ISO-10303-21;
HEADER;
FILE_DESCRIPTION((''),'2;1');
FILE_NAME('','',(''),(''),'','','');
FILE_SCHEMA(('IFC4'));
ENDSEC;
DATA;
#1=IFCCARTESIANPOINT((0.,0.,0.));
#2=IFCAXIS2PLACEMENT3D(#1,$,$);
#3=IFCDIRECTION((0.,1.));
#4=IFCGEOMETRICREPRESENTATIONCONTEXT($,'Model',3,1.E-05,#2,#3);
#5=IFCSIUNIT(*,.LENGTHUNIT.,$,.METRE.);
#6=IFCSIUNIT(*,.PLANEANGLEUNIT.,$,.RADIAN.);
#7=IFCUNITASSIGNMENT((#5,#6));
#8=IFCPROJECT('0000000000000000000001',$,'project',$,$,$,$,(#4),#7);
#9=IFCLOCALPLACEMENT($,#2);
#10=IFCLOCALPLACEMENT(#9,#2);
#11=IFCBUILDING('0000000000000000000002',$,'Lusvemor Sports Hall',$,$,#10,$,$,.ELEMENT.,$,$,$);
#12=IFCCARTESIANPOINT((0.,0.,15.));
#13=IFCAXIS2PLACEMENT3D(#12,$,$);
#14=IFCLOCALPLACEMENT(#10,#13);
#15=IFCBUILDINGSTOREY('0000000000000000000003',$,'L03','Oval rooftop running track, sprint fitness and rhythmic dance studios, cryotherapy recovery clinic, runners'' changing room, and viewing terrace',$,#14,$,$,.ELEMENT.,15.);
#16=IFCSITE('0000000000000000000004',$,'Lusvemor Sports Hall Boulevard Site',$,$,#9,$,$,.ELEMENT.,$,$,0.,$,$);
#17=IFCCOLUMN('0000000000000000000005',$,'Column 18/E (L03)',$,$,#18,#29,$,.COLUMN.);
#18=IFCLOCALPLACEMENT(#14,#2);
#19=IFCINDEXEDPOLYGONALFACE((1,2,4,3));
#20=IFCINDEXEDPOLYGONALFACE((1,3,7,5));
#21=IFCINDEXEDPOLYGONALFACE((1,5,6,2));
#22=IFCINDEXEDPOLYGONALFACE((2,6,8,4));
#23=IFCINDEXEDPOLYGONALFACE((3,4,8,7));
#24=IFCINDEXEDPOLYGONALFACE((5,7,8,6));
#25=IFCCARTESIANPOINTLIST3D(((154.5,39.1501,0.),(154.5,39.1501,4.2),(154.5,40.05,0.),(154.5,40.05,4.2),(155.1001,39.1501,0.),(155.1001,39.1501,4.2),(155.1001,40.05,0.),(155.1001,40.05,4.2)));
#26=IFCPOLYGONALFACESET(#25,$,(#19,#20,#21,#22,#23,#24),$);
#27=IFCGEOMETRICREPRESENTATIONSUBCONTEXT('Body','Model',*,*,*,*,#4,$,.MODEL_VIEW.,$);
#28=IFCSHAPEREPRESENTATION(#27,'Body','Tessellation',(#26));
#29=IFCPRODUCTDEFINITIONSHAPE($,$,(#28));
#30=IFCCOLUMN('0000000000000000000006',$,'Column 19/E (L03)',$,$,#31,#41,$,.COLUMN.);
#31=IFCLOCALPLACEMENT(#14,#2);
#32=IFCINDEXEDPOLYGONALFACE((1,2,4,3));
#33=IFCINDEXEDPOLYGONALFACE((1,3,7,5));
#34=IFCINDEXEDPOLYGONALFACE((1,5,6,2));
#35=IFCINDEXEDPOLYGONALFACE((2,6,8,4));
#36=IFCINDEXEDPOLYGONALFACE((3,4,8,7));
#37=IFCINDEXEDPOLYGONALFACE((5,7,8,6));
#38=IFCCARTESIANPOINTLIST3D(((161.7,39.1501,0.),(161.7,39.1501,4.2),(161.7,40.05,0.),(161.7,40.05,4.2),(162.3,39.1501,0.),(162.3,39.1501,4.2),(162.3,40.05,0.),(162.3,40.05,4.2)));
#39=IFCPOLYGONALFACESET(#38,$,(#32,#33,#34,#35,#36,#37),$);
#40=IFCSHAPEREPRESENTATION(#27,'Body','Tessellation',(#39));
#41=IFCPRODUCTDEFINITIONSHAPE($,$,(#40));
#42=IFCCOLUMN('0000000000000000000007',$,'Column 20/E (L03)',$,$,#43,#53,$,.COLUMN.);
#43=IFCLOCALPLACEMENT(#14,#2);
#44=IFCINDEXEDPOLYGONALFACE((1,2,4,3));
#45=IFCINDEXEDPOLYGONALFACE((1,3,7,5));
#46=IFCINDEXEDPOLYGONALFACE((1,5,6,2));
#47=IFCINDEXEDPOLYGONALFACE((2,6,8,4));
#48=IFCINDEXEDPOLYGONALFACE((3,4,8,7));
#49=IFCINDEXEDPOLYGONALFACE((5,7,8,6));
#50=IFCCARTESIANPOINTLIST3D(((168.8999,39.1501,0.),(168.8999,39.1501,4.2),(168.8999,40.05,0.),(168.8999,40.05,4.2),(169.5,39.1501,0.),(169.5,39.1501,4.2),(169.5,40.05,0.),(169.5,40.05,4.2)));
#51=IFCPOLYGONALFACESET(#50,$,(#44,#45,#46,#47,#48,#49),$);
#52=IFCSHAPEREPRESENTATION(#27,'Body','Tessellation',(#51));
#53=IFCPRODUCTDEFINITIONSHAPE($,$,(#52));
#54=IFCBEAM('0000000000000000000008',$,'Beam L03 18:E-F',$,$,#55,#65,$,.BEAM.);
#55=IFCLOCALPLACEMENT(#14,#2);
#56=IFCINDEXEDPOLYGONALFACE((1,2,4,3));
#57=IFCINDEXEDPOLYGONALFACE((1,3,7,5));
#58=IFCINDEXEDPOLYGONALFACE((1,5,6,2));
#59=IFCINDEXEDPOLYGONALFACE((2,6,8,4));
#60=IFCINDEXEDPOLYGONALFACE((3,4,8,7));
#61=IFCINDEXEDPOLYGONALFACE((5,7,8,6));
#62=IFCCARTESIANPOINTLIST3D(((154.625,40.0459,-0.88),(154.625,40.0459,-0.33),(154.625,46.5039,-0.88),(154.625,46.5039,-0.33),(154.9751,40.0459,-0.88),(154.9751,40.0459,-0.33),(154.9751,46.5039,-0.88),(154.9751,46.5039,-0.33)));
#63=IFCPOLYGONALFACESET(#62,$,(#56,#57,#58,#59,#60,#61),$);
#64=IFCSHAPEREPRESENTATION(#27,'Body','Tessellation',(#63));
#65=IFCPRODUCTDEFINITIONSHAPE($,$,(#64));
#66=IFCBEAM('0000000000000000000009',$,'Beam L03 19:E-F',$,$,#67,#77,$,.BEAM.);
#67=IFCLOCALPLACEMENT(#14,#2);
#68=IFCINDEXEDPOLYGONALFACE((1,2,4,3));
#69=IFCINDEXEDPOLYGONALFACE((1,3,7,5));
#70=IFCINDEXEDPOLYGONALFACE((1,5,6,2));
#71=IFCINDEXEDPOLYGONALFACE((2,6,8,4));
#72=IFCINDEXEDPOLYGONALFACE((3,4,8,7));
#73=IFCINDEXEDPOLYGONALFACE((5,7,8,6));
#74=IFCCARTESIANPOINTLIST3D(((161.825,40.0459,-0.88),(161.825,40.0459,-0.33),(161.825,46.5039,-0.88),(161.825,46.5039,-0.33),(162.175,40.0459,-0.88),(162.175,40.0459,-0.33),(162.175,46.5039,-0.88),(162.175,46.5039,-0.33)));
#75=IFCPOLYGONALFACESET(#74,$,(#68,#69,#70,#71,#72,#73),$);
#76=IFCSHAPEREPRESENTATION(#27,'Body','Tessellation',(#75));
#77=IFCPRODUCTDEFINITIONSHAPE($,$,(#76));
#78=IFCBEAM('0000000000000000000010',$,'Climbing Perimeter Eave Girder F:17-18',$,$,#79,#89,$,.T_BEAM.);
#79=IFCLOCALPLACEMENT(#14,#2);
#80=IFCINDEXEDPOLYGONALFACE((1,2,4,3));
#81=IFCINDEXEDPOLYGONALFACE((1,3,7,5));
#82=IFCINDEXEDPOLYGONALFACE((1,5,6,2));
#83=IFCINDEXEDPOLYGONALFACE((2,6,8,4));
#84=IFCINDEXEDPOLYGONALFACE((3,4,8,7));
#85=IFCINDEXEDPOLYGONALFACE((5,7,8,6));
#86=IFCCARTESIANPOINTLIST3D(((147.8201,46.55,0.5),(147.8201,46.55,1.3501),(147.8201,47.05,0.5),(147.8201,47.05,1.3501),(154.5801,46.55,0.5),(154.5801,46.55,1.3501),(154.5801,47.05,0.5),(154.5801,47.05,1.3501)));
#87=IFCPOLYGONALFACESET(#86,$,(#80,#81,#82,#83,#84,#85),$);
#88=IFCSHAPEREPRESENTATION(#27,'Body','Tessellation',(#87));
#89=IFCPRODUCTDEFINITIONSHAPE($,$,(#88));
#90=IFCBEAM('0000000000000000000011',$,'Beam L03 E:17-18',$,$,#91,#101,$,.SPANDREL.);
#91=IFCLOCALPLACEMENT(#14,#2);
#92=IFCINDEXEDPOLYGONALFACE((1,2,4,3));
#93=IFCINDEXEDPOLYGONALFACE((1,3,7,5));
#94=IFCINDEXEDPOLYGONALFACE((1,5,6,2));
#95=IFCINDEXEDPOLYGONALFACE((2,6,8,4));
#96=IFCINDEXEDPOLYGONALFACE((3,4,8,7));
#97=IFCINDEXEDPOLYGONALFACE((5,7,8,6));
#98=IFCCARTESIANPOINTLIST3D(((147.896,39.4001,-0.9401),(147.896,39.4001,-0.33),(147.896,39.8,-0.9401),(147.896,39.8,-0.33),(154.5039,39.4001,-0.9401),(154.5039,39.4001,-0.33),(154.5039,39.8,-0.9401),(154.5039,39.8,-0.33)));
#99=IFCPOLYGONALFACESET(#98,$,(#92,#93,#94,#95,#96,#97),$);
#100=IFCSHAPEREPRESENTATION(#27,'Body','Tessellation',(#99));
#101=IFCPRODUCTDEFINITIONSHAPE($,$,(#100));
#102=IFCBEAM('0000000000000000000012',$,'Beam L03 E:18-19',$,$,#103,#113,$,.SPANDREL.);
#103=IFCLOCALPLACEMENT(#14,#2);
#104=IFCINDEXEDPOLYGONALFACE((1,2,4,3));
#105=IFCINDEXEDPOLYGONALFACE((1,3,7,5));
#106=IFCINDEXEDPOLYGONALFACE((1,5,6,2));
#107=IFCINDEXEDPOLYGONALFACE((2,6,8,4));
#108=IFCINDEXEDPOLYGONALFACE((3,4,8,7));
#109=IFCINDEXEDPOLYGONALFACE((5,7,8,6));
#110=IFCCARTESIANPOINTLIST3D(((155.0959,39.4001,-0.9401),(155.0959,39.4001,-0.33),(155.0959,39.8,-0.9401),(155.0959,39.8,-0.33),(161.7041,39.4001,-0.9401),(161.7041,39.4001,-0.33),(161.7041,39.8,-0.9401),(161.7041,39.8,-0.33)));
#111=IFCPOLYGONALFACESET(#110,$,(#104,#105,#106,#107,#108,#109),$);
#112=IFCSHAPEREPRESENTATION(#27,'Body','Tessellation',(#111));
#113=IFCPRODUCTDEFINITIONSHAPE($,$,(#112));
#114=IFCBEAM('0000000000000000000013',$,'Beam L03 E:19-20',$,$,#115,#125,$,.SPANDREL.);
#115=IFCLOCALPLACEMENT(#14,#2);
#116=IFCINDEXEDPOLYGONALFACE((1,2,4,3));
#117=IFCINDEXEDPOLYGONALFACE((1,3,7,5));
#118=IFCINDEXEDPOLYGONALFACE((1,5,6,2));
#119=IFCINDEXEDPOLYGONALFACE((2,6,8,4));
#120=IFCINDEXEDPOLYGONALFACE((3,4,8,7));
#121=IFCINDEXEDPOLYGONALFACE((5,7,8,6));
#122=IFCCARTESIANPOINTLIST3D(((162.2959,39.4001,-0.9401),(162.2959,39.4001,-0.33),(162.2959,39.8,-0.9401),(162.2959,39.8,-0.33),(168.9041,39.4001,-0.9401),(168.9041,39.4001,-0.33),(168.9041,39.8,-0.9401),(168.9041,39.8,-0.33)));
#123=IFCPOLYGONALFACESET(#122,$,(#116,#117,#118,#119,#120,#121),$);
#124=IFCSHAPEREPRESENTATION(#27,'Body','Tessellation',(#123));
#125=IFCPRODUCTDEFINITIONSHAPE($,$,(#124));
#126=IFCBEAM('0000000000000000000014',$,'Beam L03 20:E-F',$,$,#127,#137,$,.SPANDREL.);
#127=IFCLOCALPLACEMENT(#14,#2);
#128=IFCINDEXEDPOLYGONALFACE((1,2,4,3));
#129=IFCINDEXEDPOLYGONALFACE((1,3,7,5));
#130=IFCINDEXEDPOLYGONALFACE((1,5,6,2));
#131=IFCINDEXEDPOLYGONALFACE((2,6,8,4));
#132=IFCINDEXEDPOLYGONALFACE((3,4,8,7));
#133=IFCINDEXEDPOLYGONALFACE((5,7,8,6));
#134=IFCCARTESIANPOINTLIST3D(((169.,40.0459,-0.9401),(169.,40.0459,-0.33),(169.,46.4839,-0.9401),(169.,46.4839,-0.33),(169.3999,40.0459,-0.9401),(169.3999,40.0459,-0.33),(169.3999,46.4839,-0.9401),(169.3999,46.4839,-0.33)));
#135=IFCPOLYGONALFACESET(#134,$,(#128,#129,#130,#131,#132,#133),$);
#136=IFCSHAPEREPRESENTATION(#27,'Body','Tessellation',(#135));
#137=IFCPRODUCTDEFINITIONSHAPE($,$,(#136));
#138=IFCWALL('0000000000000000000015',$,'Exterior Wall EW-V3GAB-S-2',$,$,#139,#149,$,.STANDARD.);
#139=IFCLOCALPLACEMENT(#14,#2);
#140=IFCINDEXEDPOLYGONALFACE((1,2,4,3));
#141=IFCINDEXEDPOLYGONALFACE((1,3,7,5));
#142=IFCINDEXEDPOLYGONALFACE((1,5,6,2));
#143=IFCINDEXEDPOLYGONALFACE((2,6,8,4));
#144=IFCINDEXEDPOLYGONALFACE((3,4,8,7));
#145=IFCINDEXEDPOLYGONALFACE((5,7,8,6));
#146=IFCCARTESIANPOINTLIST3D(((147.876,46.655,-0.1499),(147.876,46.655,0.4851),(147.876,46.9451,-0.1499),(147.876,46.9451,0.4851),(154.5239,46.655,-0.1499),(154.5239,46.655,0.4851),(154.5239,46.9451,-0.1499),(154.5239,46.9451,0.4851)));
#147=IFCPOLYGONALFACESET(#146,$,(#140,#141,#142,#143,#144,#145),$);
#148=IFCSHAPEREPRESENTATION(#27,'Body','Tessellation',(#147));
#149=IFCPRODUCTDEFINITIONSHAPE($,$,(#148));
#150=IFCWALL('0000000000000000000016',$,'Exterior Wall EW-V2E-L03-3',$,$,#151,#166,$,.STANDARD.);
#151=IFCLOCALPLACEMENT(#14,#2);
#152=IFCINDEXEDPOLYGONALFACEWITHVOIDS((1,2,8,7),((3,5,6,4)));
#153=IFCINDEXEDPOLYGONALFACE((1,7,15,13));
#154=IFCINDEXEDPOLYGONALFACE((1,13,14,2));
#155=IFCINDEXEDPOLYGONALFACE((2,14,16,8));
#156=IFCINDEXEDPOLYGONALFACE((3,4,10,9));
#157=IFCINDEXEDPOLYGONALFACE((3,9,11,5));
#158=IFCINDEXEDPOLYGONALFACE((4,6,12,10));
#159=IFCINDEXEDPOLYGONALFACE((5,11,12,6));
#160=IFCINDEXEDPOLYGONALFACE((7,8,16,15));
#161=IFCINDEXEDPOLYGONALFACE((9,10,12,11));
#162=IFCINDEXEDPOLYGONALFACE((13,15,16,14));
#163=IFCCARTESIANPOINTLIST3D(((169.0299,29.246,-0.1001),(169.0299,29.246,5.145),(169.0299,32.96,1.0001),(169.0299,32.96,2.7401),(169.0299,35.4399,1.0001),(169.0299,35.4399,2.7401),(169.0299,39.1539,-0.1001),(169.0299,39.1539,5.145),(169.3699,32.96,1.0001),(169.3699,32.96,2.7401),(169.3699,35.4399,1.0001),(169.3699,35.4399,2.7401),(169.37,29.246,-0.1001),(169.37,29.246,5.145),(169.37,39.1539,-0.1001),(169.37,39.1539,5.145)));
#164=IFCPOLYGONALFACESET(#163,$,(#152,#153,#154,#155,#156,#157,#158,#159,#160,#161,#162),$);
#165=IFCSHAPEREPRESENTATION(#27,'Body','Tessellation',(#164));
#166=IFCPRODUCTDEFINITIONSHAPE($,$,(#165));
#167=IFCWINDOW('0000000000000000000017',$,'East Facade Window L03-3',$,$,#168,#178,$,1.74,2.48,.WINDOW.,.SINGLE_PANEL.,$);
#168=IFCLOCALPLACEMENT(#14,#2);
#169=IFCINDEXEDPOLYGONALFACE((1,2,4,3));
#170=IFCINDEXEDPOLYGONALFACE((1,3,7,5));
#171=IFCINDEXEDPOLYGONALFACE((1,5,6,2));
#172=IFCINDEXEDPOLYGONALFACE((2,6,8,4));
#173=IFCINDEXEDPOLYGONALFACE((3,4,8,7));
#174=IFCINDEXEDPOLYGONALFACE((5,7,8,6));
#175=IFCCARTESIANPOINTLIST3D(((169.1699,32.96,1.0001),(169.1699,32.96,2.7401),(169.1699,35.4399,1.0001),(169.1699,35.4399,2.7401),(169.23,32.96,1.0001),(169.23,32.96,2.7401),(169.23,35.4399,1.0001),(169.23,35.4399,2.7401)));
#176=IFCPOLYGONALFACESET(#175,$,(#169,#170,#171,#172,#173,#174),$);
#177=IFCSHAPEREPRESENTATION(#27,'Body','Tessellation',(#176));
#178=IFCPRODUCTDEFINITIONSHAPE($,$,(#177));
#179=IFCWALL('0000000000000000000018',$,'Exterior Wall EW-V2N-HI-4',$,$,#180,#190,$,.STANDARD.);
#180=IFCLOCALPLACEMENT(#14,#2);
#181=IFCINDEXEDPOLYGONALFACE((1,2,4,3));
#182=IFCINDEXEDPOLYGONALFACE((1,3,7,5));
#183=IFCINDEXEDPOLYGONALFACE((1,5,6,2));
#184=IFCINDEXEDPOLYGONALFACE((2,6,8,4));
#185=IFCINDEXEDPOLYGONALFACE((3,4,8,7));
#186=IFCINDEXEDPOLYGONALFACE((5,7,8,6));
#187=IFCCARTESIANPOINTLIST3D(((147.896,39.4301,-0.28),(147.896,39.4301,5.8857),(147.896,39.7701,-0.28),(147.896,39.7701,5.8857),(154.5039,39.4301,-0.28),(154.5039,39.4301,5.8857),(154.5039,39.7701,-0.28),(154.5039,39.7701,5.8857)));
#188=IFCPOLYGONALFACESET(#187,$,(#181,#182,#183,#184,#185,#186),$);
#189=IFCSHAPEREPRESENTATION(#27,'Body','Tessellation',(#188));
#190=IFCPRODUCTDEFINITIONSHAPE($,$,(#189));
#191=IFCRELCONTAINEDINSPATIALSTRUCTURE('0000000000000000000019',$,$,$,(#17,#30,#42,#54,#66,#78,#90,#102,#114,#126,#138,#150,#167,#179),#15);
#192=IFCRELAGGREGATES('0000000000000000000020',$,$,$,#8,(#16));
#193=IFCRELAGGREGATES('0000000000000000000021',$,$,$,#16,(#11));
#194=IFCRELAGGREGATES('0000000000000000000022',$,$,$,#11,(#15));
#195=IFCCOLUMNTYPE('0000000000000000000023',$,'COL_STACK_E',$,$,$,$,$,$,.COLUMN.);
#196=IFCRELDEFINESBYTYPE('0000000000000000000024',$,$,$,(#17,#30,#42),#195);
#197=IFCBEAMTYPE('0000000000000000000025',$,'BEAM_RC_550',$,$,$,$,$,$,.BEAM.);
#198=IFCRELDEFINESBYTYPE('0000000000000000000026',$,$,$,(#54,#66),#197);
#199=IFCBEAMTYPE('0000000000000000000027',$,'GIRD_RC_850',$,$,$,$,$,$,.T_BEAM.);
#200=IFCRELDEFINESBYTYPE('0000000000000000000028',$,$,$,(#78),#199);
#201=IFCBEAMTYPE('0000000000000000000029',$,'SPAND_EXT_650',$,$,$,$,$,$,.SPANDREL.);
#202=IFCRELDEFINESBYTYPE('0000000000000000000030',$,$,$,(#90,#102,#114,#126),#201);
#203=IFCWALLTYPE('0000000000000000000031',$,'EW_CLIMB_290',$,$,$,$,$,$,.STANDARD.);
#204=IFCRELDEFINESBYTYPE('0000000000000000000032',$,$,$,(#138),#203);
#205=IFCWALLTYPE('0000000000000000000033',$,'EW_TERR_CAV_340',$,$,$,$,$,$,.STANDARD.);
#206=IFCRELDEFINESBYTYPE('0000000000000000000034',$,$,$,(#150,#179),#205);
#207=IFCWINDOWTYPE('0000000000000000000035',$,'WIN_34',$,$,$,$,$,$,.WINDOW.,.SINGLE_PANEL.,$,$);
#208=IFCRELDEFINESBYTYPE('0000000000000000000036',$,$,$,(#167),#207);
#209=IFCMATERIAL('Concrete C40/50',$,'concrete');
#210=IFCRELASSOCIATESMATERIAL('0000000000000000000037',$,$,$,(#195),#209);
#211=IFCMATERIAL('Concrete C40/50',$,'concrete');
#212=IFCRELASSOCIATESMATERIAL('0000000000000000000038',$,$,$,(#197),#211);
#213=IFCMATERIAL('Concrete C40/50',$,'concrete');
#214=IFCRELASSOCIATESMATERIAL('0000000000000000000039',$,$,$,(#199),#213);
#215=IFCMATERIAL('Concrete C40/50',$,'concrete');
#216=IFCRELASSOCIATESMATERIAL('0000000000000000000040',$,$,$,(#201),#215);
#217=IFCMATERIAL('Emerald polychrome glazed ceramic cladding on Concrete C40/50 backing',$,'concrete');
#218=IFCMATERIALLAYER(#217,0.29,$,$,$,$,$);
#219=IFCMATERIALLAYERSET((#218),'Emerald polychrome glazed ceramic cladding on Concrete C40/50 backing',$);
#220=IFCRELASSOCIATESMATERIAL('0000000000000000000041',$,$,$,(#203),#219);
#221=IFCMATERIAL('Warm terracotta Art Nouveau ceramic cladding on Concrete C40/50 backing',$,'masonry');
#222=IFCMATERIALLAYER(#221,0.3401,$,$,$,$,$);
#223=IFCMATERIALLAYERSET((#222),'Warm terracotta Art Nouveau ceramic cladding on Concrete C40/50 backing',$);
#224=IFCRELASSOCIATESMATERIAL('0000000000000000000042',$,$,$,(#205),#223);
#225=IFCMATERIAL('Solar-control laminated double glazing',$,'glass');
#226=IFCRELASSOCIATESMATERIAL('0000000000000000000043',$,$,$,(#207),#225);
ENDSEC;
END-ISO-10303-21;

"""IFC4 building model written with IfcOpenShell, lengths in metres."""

from ifc_helpers import new_model, si_unit, direction, frame, frame_2d, origin, origin_2d, place, context, subcontext, project, spatial, rectangle, extrude, material, layer, layer_set, material_profile, profile_set, type_object, element, fill, save


model = new_model("IFC4")

# Units and contexts
model_context = context("Model", 3, precision=1e-05, world=origin(), true_north=direction((0.0, 1.0)))
body_context = subcontext(model_context, "Body", "Model", "MODEL_VIEW")
ifc_project = project(units=[si_unit("LENGTHUNIT", "METRE"), si_unit("PLANEANGLEUNIT", "RADIAN")], contexts=[model_context])

# Site, building, storey
site_placement = place(None, origin())
site = spatial("IfcSite", under=ifc_project, at=site_placement, Name="Lusvemor Sports Hall Boulevard Site", CompositionType="ELEMENT", RefElevation=0.0)
building_placement = place(site_placement, origin())
building = spatial("IfcBuilding", under=site, at=building_placement, Name="Lusvemor Sports Hall", CompositionType="ELEMENT")
storey_placement = place(building_placement, frame((0.0, 0.0, 15.0)))
storey = spatial("IfcBuildingStorey", under=building, at=storey_placement, Name="L03", Description="Oval rooftop running track, sprint fitness and rhythmic dance studios, cryotherapy recovery clinic, runners' changing room, and viewing terrace", CompositionType="ELEMENT", Elevation=15.0)

# Columns
ifc_material_1 = material(Name="Concrete C40/50", Category="concrete")
ifc_material_profile_1 = material_profile(ifc_material_1, rectangle(XDim=0.6001, YDim=0.8999, at=origin_2d()), Name="RC600x900")
ifc_profile_set_1 = profile_set([ifc_material_profile_1], Name="Concrete C40/50")
column_type = type_object("IfcColumnType", Name="COL_STACK_E", PredefinedType="COLUMN", material=ifc_profile_set_1)
for number, where, z_axis, x_axis, name in (
    (1, (154.8, 39.6001, 0.0), (0.0, 0.0, 1.0), (1.0, 0.0, 0.0), "Column 18/E (L03)"),
    (2, (162.0, 39.6001, 0.0), (0.0, 0.0, 1.0), (1.0, 0.0, 0.0), "Column 19/E (L03)"),
    (3, (169.2, 39.6001, 0.0), (0.0, 0.0, 1.0), (1.0, 0.0, 0.0), "Column 20/E (L03)"),
):
    element("IfcColumn", number, at=place(storey_placement, frame(where, z_axis=z_axis, x_axis=x_axis)), inside=storey, type_object=column_type, Name=name, PredefinedType="COLUMN", context=body_context, shape_type="SweptSolid", body=[
        extrude(rectangle(XDim=0.6001, YDim=0.8999, at=origin_2d()), origin(), (0.0, 0.0, 1.0), 4.2),
    ])

# Beams
ifc_material_2 = material(Name="Concrete C40/50", Category="concrete")
ifc_material_profile_2 = material_profile(ifc_material_2, rectangle(XDim=0.3501, YDim=0.55, at=origin_2d()), Name="RC350x550")
ifc_profile_set_2 = profile_set([ifc_material_profile_2], Name="Concrete C40/50")
beam_type_1 = type_object("IfcBeamType", Name="BEAM_RC_550", PredefinedType="BEAM", material=ifc_profile_set_2)
for number, where, z_axis, x_axis, name in (
    (4, (154.8, 40.0459, -0.605), (0.0, 1.0, 0.0), (-1.0, 0.0, 0.0), "Beam L03 18:E-F"),
    (5, (162.0, 40.0459, -0.605), (0.0, 1.0, 0.0), (-1.0, 0.0, 0.0), "Beam L03 19:E-F"),
):
    element("IfcBeam", number, at=place(storey_placement, frame(where, z_axis=z_axis, x_axis=x_axis)), inside=storey, type_object=beam_type_1, Name=name, PredefinedType="BEAM", context=body_context, shape_type="SweptSolid", body=[
        extrude(rectangle(XDim=0.3501, YDim=0.55, at=origin_2d()), origin(), (0.0, 0.0, 1.0), 6.458),
    ])
ifc_material_3 = material(Name="Concrete C40/50", Category="concrete")
ifc_material_profile_3 = material_profile(ifc_material_3, rectangle(XDim=0.5, YDim=0.8501, at=origin_2d()), Name="RC500x850")
ifc_profile_set_3 = profile_set([ifc_material_profile_3], Name="Concrete C40/50")
beam_type_2 = type_object("IfcBeamType", Name="GIRD_RC_850", PredefinedType="T_BEAM", material=ifc_profile_set_3)
beam_1_placement = place(storey_placement, frame((147.8201, 46.8, 0.925), z_axis=(1.0, 0.0, 0.0), x_axis=(0.0, 1.0, 0.0)))
element("IfcBeam", 6, at=beam_1_placement, inside=storey, type_object=beam_type_2, Name="Climbing Perimeter Eave Girder F:17-18", PredefinedType="T_BEAM", context=body_context, shape_type="SweptSolid", body=[
    extrude(rectangle(XDim=0.5, YDim=0.8501, at=origin_2d()), origin(), (0.0, 0.0, 1.0), 6.76),
])
ifc_material_4 = material(Name="Concrete C40/50", Category="concrete")
ifc_material_profile_4 = material_profile(ifc_material_4, rectangle(XDim=0.3999, YDim=0.6101, at=origin_2d()), Name="RC400x610")
ifc_profile_set_4 = profile_set([ifc_material_profile_4], Name="Concrete C40/50")
beam_type_3 = type_object("IfcBeamType", Name="SPAND_EXT_650", PredefinedType="SPANDREL", material=ifc_profile_set_4)
beam_2_placement = place(storey_placement, frame((147.896, 39.6001, -0.635), z_axis=(1.0, 0.0, 0.0), x_axis=(0.0, 1.0, 0.0)))
element("IfcBeam", 7, at=beam_2_placement, inside=storey, type_object=beam_type_3, Name="Beam L03 E:17-18", PredefinedType="SPANDREL", context=body_context, shape_type="SweptSolid", body=[
    extrude(rectangle(XDim=0.3999, YDim=0.6101, at=origin_2d()), origin(), (0.0, 0.0, 1.0), 6.6079),
])
for number, where, z_axis, x_axis, name in (
    (8, (155.0959, 39.6001, -0.635), (1.0, 0.0, 0.0), (0.0, 1.0, 0.0), "Beam L03 E:18-19"),
    (9, (162.2959, 39.6001, -0.635), (1.0, 0.0, 0.0), (0.0, 1.0, 0.0), "Beam L03 E:19-20"),
):
    element("IfcBeam", number, at=place(storey_placement, frame(where, z_axis=z_axis, x_axis=x_axis)), inside=storey, type_object=beam_type_3, Name=name, PredefinedType="SPANDREL", context=body_context, shape_type="SweptSolid", body=[
        extrude(rectangle(XDim=0.3999, YDim=0.6101, at=origin_2d()), origin(), (0.0, 0.0, 1.0), 6.6082),
    ])
beam_3_placement = place(storey_placement, frame((169.2, 40.0459, -0.635), z_axis=(0.0, 1.0, 0.0), x_axis=(-1.0, 0.0, 0.0)))
element("IfcBeam", 10, at=beam_3_placement, inside=storey, type_object=beam_type_3, Name="Beam L03 20:E-F", PredefinedType="SPANDREL", context=body_context, shape_type="SweptSolid", body=[
    extrude(rectangle(XDim=0.3999, YDim=0.6101, at=origin_2d()), origin(), (0.0, 0.0, 1.0), 6.438),
])

# Wall
ifc_material_5 = material(Name="Emerald polychrome glazed ceramic cladding on Concrete C40/50 backing", Category="concrete")
ifc_layer_1 = layer(ifc_material_5, 0.29)
ifc_layer_set_1 = layer_set([ifc_layer_1], Name="Emerald polychrome glazed ceramic cladding on Concrete C40/50 backing")
wall_type_1 = type_object("IfcWallType", Name="EW_CLIMB_290", PredefinedType="STANDARD", material=ifc_layer_set_1)
wall_1_placement = place(storey_placement, frame((154.5239, 46.8, -0.1499), z_axis=(0.0, 0.0, 1.0), x_axis=(-1.0, 0.0, 0.0)))
element("IfcWall", 11, at=wall_1_placement, inside=storey, type_object=wall_type_1, Name="Exterior Wall EW-V3GAB-S-2", PredefinedType="STANDARD", context=body_context, shape_type="SweptSolid", body=[
    extrude(rectangle(XDim=6.6479, YDim=0.29, at=frame_2d((3.324, 0.0))), origin(), (0.0, 0.0, 1.0), 0.635),
])

# Wall, opening, window
ifc_material_6 = material(Name="Warm terracotta Art Nouveau ceramic cladding on Concrete C40/50 backing", Category="masonry")
ifc_layer_2 = layer(ifc_material_6, 0.3401)
ifc_layer_set_2 = layer_set([ifc_layer_2], Name="Warm terracotta Art Nouveau ceramic cladding on Concrete C40/50 backing")
wall_type_2 = type_object("IfcWallType", Name="EW_TERR_CAV_340", PredefinedType="STANDARD", material=ifc_layer_set_2)
wall_2_placement = place(storey_placement, frame((169.2, 39.1541, -0.1001), z_axis=(0.0, 0.0, 1.0), x_axis=(0.0, -1.0, 0.0)))
wall_2 = element("IfcWall", 12, at=wall_2_placement, inside=storey, type_object=wall_type_2, Name="Exterior Wall EW-V2E-L03-3", PredefinedType="STANDARD", context=body_context, shape_type="SweptSolid", body=[
    extrude(rectangle(XDim=9.908, YDim=0.3401, at=frame_2d((4.9541, 0.0))), origin(), (0.0, 0.0, 1.0), 5.2451),
])
opening_placement = place(wall_2_placement, frame((3.7141, 0.0, 1.1001)))
opening = element("IfcOpeningElement", 13, at=opening_placement, cuts=wall_2, PredefinedType="OPENING", context=body_context, shape_type="SweptSolid", body=[
    extrude(rectangle(XDim=2.48, YDim=1.74, at=frame_2d((1.24, 0.8701))), frame((0.0, 0.1699, 0.0), z_axis=(0.0, -1.0, 0.0), x_axis=(1.0, 0.0, 0.0)), (0.0, 0.0, 1.0), 0.3401),
])
ifc_material_7 = material(Name="Solar-control laminated double glazing", Category="glass")
window_type = type_object("IfcWindowType", Name="WIN_34", PartitioningType="SINGLE_PANEL", PredefinedType="WINDOW", material=ifc_material_7)
window_placement = place(opening_placement, origin())
window = element("IfcWindow", 14, at=window_placement, inside=storey, type_object=window_type, Name="East Facade Window L03-3", OverallHeight=1.74, OverallWidth=2.48, PartitioningType="SINGLE_PANEL", PredefinedType="WINDOW", context=body_context, shape_type="SweptSolid", body=[
    extrude(rectangle(XDim=2.48, YDim=1.74, at=frame_2d((1.24, 0.8701))), frame((0.0, 0.03, 0.0), z_axis=(0.0, -1.0, 0.0), x_axis=(1.0, 0.0, 0.0)), (0.0, 0.0, 1.0), 0.0601),
])
fill(opening, window)

# Wall
wall_3_placement = place(storey_placement, frame((147.896, 39.6001, -0.28), z_axis=(0.0, 0.0, 1.0), x_axis=(1.0, 0.0, 0.0)))
element("IfcWall", 15, at=wall_3_placement, inside=storey, type_object=wall_type_2, Name="Exterior Wall EW-V2N-HI-4", PredefinedType="STANDARD", context=body_context, shape_type="SweptSolid", body=[
    extrude(rectangle(XDim=6.6079, YDim=0.3401, at=frame_2d((3.304, 0.0))), origin(), (0.0, 0.0, 1.0), 6.1658),
])

save(model, "model.ifc")
